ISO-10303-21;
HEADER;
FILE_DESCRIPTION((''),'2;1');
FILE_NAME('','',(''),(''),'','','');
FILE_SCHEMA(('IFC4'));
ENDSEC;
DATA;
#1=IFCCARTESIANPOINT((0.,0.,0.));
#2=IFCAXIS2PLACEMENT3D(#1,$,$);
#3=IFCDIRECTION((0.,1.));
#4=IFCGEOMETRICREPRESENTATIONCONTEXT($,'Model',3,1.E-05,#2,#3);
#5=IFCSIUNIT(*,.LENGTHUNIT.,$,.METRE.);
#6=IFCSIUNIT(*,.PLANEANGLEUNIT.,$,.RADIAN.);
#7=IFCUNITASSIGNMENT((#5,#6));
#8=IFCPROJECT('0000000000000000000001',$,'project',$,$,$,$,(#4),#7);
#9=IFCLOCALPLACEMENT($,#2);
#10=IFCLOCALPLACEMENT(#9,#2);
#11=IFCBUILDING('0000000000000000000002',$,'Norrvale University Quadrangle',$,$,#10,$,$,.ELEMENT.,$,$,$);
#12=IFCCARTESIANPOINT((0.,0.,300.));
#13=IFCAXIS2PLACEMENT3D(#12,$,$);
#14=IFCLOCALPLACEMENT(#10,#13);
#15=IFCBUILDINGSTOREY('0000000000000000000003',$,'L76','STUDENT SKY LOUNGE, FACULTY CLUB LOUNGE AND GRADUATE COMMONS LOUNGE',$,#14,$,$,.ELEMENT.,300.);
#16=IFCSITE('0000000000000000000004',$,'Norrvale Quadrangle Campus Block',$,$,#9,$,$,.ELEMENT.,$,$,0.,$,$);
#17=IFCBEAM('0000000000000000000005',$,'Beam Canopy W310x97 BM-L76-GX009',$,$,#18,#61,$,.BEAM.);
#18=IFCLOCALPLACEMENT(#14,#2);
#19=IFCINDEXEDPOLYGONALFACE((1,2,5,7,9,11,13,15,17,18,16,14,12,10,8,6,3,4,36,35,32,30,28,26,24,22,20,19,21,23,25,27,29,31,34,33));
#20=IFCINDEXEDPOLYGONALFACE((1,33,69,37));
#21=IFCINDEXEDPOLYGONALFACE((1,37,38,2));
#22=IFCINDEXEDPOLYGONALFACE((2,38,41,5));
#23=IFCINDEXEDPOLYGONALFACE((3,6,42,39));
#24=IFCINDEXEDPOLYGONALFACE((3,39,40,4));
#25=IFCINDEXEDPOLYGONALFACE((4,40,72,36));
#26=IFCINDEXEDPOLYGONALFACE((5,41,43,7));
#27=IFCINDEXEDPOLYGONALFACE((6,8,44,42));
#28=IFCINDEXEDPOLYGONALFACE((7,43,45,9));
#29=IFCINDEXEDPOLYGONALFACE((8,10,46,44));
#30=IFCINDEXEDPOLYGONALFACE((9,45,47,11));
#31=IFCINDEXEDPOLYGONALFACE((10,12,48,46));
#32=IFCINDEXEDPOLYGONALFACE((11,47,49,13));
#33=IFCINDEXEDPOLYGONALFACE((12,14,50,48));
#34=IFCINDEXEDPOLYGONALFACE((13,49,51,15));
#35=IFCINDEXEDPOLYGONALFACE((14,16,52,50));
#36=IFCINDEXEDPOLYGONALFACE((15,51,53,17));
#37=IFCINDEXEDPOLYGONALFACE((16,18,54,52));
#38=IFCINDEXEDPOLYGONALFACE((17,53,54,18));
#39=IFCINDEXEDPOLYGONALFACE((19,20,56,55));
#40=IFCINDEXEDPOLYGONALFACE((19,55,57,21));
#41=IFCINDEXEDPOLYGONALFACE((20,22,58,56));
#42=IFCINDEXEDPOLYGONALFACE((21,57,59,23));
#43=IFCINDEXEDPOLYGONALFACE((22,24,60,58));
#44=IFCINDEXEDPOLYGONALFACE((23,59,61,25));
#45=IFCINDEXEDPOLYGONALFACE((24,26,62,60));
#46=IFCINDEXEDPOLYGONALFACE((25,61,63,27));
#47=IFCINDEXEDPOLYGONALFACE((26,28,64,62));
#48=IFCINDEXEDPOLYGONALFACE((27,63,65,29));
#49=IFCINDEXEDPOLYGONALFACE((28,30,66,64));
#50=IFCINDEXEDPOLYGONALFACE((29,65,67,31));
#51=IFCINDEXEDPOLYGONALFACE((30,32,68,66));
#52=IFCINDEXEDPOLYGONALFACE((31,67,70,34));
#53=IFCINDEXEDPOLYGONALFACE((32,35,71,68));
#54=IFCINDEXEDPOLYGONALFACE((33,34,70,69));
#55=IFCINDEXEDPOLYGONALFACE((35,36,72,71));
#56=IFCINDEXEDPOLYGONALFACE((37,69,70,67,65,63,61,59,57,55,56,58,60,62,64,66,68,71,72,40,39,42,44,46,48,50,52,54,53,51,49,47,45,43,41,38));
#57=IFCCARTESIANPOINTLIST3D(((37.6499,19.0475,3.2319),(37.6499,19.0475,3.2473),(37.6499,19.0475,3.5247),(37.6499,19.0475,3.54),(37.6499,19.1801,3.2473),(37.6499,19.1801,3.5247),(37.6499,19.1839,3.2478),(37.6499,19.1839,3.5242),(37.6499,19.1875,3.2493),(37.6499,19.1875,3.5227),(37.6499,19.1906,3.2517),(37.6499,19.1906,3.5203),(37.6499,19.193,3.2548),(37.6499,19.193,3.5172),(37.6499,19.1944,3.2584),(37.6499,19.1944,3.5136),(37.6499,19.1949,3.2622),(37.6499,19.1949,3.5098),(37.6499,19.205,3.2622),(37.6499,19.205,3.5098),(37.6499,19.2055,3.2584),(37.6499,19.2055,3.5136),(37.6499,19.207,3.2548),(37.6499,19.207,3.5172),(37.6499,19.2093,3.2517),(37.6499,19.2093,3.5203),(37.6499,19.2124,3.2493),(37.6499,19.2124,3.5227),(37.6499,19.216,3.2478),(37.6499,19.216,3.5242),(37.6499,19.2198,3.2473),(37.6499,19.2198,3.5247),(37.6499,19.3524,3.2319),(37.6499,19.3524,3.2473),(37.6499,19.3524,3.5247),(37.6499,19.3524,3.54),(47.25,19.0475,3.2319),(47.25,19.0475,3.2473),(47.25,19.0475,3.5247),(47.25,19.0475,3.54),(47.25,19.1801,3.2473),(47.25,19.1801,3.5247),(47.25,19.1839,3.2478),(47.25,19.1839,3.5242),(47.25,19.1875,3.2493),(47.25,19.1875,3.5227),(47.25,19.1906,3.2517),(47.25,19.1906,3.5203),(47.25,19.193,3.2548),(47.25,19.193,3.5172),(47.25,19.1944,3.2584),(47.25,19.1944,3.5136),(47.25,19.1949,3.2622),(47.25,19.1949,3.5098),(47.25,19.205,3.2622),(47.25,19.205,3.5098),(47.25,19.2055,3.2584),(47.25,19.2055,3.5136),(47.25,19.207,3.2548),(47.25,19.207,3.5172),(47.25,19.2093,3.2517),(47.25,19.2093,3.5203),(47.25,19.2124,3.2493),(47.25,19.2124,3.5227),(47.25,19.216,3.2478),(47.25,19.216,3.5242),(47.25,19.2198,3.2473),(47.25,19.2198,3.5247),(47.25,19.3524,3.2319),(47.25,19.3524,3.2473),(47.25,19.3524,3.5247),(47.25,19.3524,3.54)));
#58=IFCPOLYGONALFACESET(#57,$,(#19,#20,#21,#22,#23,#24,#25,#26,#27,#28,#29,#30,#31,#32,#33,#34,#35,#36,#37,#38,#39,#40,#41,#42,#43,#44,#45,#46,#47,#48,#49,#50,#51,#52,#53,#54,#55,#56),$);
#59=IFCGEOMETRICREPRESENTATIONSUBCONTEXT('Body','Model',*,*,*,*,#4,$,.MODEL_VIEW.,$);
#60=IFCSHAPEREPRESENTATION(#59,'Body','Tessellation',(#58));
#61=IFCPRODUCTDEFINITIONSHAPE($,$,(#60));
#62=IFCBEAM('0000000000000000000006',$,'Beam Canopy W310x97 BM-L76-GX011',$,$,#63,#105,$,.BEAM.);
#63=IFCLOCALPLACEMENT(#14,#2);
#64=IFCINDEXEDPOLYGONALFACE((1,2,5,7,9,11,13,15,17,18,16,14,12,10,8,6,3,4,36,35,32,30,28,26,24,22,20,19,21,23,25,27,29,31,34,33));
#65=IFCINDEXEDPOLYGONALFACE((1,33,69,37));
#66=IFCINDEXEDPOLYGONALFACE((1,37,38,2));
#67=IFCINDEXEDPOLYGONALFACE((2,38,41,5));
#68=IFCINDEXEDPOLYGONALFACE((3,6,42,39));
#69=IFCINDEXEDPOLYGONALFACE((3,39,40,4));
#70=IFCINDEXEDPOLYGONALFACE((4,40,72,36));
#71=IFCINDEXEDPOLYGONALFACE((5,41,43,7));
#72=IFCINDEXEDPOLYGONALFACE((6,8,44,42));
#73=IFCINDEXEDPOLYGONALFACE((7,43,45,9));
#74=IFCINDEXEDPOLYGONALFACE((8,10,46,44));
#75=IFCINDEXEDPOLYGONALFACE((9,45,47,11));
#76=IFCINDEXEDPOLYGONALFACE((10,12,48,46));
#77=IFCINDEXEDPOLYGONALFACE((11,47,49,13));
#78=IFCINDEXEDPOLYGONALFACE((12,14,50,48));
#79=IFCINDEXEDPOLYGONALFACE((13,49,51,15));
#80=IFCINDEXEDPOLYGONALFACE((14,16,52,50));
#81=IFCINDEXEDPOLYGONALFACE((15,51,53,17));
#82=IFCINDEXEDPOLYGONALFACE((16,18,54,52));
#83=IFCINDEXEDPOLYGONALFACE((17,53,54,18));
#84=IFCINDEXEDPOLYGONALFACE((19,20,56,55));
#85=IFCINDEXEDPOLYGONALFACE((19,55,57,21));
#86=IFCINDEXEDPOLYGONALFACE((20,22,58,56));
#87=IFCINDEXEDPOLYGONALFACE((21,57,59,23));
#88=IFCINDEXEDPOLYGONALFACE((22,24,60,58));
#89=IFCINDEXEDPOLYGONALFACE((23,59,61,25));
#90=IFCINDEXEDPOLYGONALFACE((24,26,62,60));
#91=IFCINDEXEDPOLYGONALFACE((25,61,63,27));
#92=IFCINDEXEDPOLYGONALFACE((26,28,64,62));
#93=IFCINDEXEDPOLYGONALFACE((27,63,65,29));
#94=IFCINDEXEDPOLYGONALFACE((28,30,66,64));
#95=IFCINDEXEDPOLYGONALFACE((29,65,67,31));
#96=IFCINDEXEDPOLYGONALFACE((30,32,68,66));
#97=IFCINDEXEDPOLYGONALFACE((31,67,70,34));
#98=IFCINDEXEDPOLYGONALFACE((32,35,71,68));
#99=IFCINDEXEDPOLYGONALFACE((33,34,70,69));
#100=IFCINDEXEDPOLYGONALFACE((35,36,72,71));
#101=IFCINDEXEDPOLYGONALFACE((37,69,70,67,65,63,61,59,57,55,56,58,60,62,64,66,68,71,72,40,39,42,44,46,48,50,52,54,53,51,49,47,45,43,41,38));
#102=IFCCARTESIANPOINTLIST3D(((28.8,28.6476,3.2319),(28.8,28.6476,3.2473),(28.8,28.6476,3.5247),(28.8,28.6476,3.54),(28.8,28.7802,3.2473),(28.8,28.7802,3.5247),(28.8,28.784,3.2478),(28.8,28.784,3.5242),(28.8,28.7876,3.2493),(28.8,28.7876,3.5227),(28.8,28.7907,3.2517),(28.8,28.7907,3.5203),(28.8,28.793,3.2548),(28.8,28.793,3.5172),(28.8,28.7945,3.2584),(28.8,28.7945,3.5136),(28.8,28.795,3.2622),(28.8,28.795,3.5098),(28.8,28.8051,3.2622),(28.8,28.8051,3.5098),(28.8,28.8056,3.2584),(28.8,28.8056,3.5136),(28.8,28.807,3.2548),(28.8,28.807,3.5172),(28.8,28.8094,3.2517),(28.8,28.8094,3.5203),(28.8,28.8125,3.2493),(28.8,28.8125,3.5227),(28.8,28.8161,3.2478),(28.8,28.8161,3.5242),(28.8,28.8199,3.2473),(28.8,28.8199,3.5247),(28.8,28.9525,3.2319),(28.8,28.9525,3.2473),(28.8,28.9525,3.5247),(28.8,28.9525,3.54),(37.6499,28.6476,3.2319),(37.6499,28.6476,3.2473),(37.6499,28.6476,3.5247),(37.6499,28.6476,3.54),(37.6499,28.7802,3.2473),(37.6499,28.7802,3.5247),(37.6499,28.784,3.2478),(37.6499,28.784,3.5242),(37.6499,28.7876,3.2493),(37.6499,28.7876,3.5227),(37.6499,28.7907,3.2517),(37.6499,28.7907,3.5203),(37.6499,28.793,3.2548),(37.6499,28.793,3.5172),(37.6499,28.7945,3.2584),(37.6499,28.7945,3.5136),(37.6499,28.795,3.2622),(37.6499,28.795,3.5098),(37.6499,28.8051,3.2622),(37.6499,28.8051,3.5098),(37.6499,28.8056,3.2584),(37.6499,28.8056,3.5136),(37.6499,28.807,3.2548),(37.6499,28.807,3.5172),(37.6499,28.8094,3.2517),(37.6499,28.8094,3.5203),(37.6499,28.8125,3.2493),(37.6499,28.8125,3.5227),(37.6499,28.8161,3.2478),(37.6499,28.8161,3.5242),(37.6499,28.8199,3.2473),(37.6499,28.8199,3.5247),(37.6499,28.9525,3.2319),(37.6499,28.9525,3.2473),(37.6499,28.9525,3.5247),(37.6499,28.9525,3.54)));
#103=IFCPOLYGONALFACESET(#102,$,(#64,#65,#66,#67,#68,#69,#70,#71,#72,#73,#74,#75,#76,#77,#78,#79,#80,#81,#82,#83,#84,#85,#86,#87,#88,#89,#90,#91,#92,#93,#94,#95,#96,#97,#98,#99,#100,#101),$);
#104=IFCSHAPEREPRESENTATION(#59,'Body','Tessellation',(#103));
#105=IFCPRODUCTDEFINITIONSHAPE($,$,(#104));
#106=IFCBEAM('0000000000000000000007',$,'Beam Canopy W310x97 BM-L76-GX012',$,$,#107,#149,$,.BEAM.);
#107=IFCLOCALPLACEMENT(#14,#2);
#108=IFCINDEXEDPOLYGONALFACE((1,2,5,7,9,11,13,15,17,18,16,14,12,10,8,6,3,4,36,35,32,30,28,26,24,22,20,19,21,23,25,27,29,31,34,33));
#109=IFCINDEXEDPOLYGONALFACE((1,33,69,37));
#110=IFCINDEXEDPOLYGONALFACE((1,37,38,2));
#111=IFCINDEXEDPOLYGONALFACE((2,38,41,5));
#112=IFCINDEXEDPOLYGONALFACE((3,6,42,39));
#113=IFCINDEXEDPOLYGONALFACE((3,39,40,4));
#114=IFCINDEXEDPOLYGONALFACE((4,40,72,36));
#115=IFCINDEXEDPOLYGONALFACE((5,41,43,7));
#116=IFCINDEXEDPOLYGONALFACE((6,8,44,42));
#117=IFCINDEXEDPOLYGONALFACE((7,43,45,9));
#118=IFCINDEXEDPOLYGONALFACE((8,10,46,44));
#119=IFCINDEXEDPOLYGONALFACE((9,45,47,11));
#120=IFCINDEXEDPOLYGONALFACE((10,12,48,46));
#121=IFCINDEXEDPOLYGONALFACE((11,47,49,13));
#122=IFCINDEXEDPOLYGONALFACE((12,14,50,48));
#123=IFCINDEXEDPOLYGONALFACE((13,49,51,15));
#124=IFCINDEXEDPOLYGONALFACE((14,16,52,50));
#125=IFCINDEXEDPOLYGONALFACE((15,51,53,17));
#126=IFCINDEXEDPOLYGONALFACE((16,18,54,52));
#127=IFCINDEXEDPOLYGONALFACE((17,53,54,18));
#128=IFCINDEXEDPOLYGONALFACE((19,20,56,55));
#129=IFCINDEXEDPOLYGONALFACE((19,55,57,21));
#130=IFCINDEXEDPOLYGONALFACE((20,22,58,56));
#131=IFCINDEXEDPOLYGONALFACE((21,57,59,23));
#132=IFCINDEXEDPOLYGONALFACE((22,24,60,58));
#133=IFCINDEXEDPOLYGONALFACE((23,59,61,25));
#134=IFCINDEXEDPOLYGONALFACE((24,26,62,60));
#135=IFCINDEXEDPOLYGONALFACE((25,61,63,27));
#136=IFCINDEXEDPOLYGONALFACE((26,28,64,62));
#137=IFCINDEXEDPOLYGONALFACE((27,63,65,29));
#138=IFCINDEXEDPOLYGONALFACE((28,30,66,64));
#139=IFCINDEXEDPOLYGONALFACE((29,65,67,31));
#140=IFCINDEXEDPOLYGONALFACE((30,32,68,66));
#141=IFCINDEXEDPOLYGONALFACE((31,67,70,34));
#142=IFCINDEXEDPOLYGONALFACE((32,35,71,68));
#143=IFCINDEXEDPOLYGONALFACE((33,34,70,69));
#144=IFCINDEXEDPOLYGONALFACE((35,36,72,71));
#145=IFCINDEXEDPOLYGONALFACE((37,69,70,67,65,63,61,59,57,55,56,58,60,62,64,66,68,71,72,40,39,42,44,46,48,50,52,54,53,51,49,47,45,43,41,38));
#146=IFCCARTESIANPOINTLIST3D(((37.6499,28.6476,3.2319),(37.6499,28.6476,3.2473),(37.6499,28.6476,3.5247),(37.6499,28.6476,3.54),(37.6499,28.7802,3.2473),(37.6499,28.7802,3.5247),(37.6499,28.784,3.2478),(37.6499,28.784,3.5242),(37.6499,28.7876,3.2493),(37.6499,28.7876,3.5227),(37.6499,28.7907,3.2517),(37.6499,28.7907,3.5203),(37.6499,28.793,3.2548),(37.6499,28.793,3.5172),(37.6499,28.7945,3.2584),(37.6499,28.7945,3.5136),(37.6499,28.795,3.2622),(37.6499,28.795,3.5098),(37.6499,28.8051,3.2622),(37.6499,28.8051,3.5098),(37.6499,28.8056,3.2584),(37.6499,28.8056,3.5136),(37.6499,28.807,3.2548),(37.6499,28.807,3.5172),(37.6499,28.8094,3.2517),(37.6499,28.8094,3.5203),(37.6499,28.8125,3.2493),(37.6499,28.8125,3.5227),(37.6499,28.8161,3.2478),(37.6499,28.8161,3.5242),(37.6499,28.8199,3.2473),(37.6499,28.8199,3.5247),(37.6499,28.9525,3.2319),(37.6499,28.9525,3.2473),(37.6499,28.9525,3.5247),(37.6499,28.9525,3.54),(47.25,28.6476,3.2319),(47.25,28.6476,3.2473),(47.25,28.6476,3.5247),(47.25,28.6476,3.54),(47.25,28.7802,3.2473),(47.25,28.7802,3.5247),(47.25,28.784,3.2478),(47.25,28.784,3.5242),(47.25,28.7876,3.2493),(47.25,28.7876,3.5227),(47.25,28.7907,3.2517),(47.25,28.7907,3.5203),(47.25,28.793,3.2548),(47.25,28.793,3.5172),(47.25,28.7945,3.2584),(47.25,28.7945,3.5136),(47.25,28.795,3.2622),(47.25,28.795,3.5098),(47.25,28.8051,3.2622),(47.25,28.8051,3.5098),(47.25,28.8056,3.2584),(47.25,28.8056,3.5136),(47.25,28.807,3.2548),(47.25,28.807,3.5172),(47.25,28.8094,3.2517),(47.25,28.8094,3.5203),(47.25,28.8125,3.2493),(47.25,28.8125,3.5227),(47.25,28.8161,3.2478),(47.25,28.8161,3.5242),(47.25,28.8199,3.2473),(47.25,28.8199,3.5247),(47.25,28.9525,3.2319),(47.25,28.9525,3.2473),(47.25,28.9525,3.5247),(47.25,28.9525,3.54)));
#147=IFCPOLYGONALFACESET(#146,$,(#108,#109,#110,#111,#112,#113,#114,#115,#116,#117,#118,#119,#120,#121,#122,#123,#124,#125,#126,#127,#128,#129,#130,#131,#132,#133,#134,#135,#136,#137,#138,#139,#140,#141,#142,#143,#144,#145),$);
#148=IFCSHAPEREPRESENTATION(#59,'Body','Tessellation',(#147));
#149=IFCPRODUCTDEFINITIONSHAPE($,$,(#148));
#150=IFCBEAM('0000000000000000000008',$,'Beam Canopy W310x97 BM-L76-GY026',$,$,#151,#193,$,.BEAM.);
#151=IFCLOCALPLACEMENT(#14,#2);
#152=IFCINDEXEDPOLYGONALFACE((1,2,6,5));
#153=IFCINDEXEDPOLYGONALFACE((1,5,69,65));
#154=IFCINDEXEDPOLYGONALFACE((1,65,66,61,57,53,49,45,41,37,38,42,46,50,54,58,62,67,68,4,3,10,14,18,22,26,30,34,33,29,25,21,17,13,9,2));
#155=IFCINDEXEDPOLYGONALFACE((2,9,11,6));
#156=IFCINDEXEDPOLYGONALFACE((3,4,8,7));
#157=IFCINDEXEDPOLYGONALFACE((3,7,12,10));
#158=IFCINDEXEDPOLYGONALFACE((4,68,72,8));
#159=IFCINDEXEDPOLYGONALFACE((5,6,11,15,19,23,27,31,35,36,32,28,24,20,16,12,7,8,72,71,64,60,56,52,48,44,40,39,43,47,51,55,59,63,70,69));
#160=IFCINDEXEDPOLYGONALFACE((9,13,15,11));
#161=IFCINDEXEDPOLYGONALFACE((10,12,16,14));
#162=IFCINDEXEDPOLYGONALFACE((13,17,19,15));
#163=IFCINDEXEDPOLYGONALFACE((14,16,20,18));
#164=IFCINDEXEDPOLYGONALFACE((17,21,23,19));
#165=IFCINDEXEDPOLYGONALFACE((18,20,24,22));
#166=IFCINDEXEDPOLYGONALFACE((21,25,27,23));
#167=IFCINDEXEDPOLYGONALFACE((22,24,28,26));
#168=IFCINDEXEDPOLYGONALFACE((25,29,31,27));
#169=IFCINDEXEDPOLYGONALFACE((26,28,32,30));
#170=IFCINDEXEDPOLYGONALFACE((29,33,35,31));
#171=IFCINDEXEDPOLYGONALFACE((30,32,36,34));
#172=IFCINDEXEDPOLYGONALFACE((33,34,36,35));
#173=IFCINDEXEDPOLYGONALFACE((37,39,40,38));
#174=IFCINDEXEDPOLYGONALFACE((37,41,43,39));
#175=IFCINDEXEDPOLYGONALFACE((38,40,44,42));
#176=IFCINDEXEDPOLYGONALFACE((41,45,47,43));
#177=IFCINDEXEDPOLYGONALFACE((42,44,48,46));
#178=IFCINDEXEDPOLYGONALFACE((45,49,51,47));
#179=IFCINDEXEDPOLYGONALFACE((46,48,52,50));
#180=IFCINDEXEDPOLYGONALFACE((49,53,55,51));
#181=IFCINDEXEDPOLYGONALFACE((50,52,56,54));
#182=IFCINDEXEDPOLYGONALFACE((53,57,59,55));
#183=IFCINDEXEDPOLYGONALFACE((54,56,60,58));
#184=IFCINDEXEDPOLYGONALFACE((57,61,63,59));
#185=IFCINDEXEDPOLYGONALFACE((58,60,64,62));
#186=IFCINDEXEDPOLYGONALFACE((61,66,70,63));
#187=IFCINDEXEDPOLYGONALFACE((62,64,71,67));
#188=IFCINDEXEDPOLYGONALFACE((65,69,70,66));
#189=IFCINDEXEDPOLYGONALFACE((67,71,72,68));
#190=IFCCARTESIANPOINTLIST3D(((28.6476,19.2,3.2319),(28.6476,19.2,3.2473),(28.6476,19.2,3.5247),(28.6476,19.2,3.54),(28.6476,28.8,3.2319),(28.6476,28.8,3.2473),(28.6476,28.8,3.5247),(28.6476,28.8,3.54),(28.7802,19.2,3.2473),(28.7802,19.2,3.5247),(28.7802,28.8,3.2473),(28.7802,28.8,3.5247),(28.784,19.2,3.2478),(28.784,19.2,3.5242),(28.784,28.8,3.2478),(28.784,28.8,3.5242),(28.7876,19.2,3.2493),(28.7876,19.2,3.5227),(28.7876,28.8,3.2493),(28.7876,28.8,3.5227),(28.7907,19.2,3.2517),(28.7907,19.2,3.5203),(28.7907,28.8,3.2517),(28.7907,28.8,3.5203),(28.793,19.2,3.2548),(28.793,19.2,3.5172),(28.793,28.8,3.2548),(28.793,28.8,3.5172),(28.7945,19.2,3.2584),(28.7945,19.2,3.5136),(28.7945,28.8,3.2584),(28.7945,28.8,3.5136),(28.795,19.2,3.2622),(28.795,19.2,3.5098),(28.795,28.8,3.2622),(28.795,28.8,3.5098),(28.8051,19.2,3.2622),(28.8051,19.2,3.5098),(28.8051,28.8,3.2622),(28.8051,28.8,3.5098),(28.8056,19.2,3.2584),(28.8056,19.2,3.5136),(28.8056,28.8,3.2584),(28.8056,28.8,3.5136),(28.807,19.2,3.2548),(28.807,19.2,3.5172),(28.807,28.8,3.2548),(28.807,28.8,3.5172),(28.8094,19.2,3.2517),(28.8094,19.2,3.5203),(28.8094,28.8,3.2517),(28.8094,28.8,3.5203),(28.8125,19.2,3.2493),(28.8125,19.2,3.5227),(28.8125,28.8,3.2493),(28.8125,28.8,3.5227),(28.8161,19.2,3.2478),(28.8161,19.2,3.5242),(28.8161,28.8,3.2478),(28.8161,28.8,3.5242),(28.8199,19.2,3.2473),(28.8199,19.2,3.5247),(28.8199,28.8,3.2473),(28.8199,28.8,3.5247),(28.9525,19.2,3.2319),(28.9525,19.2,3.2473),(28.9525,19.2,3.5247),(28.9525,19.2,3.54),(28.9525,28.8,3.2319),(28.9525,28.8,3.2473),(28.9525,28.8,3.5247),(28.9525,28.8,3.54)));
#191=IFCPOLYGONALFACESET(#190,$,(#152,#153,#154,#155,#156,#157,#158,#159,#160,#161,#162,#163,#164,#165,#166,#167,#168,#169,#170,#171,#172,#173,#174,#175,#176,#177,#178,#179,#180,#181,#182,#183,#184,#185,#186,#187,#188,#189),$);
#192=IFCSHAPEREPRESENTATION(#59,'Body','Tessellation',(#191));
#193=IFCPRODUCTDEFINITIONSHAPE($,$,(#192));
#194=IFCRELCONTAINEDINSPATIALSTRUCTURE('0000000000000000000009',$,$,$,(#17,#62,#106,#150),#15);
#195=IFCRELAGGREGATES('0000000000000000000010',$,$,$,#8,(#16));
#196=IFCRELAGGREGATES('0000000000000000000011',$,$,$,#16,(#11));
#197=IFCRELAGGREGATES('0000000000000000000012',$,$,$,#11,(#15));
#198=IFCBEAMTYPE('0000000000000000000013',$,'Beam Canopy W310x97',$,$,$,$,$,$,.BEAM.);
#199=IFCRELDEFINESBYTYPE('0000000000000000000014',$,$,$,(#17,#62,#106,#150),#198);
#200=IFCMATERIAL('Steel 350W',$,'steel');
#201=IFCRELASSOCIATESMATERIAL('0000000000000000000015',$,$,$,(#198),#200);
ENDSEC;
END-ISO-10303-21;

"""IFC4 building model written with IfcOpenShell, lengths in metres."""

from ifc_helpers import new_model, si_unit, direction, frame, origin, origin_2d, place, context, subcontext, project, spatial, i_section, extrude, material, material_profile, profile_set, type_object, element, save


model = new_model("IFC4")

# Units and contexts
model_context = context("Model", 3, precision=1e-05, world=origin(), true_north=direction((0.0, 1.0)))
body_context = subcontext(model_context, "Body", "Model", "MODEL_VIEW")
ifc_project = project(units=[si_unit("LENGTHUNIT", "METRE"), si_unit("PLANEANGLEUNIT", "RADIAN")], contexts=[model_context])

# Site, building, storey
site_placement = place(None, origin())
site = spatial("IfcSite", under=ifc_project, at=site_placement, Name="Norrvale Quadrangle Campus Block", CompositionType="ELEMENT", RefElevation=0.0)
building_placement = place(site_placement, origin())
building = spatial("IfcBuilding", under=site, at=building_placement, Name="Norrvale University Quadrangle", CompositionType="ELEMENT")
storey_placement = place(building_placement, frame((0.0, 0.0, 300.0)))
storey = spatial("IfcBuildingStorey", under=building, at=storey_placement, Name="L76", Description="STUDENT SKY LOUNGE, FACULTY CLUB LOUNGE AND GRADUATE COMMONS LOUNGE", CompositionType="ELEMENT", Elevation=300.0)

# Beams
ifc_material_1 = material(Name="Steel 350W", Category="steel")
ifc_material_profile_1 = material_profile(ifc_material_1, i_section(OverallWidth=0.3049, OverallDepth=0.3081, WebThickness=0.01, FlangeThickness=0.0154, FilletRadius=0.0149, at=origin_2d()), Name="Steel 350W")
ifc_profile_set_1 = profile_set([ifc_material_profile_1], Name="Steel 350W")
beam_type_1 = type_object("IfcBeamType", Name="Beam Canopy W310x97", PredefinedType="BEAM", material=ifc_profile_set_1)
beam_1_placement = place(storey_placement, frame((37.6499, 19.2, 3.386), z_axis=(1.0, 0.0, 0.0), x_axis=(0.0, 1.0, 0.0)))
element("IfcBeam", 1, at=beam_1_placement, inside=storey, type_object=beam_type_1, Name="Beam Canopy W310x97 BM-L76-GX009", PredefinedType="BEAM", context=body_context, shape_type="SweptSolid", body=[
    extrude(i_section(OverallWidth=0.3049, OverallDepth=0.3081, WebThickness=0.01, FlangeThickness=0.0154, FilletRadius=0.0149, at=origin_2d()), origin(), (0.0, 0.0, 1.0), 9.6001),
])
beam_2_placement = place(storey_placement, frame((28.8, 28.8, 3.386), z_axis=(1.0, 0.0, 0.0), x_axis=(0.0, 1.0, 0.0)))
element("IfcBeam", 2, at=beam_2_placement, inside=storey, type_object=beam_type_1, Name="Beam Canopy W310x97 BM-L76-GX011", PredefinedType="BEAM", context=body_context, shape_type="SweptSolid", body=[
    extrude(i_section(OverallWidth=0.3049, OverallDepth=0.3081, WebThickness=0.01, FlangeThickness=0.0154, FilletRadius=0.0149, at=origin_2d()), origin(), (0.0, 0.0, 1.0), 8.8499),
])
for number, where, z_axis, x_axis, name in (
    (3, (37.6499, 28.8, 3.386), (1.0, 0.0, 0.0), (0.0, 1.0, 0.0), "Beam Canopy W310x97 BM-L76-GX012"),
    (4, (28.8, 19.2, 3.386), (0.0, 1.0, 0.0), (-1.0, 0.0, 0.0), "Beam Canopy W310x97 BM-L76-GY026"),
):
    element("IfcBeam", number, at=place(storey_placement, frame(where, z_axis=z_axis, x_axis=x_axis)), inside=storey, type_object=beam_type_1, Name=name, PredefinedType="BEAM", context=body_context, shape_type="SweptSolid", body=[
        extrude(i_section(OverallWidth=0.3049, OverallDepth=0.3081, WebThickness=0.01, FlangeThickness=0.0154, FilletRadius=0.0149, at=origin_2d()), origin(), (0.0, 0.0, 1.0), 9.6001),
    ])

save(model, "model.ifc")
